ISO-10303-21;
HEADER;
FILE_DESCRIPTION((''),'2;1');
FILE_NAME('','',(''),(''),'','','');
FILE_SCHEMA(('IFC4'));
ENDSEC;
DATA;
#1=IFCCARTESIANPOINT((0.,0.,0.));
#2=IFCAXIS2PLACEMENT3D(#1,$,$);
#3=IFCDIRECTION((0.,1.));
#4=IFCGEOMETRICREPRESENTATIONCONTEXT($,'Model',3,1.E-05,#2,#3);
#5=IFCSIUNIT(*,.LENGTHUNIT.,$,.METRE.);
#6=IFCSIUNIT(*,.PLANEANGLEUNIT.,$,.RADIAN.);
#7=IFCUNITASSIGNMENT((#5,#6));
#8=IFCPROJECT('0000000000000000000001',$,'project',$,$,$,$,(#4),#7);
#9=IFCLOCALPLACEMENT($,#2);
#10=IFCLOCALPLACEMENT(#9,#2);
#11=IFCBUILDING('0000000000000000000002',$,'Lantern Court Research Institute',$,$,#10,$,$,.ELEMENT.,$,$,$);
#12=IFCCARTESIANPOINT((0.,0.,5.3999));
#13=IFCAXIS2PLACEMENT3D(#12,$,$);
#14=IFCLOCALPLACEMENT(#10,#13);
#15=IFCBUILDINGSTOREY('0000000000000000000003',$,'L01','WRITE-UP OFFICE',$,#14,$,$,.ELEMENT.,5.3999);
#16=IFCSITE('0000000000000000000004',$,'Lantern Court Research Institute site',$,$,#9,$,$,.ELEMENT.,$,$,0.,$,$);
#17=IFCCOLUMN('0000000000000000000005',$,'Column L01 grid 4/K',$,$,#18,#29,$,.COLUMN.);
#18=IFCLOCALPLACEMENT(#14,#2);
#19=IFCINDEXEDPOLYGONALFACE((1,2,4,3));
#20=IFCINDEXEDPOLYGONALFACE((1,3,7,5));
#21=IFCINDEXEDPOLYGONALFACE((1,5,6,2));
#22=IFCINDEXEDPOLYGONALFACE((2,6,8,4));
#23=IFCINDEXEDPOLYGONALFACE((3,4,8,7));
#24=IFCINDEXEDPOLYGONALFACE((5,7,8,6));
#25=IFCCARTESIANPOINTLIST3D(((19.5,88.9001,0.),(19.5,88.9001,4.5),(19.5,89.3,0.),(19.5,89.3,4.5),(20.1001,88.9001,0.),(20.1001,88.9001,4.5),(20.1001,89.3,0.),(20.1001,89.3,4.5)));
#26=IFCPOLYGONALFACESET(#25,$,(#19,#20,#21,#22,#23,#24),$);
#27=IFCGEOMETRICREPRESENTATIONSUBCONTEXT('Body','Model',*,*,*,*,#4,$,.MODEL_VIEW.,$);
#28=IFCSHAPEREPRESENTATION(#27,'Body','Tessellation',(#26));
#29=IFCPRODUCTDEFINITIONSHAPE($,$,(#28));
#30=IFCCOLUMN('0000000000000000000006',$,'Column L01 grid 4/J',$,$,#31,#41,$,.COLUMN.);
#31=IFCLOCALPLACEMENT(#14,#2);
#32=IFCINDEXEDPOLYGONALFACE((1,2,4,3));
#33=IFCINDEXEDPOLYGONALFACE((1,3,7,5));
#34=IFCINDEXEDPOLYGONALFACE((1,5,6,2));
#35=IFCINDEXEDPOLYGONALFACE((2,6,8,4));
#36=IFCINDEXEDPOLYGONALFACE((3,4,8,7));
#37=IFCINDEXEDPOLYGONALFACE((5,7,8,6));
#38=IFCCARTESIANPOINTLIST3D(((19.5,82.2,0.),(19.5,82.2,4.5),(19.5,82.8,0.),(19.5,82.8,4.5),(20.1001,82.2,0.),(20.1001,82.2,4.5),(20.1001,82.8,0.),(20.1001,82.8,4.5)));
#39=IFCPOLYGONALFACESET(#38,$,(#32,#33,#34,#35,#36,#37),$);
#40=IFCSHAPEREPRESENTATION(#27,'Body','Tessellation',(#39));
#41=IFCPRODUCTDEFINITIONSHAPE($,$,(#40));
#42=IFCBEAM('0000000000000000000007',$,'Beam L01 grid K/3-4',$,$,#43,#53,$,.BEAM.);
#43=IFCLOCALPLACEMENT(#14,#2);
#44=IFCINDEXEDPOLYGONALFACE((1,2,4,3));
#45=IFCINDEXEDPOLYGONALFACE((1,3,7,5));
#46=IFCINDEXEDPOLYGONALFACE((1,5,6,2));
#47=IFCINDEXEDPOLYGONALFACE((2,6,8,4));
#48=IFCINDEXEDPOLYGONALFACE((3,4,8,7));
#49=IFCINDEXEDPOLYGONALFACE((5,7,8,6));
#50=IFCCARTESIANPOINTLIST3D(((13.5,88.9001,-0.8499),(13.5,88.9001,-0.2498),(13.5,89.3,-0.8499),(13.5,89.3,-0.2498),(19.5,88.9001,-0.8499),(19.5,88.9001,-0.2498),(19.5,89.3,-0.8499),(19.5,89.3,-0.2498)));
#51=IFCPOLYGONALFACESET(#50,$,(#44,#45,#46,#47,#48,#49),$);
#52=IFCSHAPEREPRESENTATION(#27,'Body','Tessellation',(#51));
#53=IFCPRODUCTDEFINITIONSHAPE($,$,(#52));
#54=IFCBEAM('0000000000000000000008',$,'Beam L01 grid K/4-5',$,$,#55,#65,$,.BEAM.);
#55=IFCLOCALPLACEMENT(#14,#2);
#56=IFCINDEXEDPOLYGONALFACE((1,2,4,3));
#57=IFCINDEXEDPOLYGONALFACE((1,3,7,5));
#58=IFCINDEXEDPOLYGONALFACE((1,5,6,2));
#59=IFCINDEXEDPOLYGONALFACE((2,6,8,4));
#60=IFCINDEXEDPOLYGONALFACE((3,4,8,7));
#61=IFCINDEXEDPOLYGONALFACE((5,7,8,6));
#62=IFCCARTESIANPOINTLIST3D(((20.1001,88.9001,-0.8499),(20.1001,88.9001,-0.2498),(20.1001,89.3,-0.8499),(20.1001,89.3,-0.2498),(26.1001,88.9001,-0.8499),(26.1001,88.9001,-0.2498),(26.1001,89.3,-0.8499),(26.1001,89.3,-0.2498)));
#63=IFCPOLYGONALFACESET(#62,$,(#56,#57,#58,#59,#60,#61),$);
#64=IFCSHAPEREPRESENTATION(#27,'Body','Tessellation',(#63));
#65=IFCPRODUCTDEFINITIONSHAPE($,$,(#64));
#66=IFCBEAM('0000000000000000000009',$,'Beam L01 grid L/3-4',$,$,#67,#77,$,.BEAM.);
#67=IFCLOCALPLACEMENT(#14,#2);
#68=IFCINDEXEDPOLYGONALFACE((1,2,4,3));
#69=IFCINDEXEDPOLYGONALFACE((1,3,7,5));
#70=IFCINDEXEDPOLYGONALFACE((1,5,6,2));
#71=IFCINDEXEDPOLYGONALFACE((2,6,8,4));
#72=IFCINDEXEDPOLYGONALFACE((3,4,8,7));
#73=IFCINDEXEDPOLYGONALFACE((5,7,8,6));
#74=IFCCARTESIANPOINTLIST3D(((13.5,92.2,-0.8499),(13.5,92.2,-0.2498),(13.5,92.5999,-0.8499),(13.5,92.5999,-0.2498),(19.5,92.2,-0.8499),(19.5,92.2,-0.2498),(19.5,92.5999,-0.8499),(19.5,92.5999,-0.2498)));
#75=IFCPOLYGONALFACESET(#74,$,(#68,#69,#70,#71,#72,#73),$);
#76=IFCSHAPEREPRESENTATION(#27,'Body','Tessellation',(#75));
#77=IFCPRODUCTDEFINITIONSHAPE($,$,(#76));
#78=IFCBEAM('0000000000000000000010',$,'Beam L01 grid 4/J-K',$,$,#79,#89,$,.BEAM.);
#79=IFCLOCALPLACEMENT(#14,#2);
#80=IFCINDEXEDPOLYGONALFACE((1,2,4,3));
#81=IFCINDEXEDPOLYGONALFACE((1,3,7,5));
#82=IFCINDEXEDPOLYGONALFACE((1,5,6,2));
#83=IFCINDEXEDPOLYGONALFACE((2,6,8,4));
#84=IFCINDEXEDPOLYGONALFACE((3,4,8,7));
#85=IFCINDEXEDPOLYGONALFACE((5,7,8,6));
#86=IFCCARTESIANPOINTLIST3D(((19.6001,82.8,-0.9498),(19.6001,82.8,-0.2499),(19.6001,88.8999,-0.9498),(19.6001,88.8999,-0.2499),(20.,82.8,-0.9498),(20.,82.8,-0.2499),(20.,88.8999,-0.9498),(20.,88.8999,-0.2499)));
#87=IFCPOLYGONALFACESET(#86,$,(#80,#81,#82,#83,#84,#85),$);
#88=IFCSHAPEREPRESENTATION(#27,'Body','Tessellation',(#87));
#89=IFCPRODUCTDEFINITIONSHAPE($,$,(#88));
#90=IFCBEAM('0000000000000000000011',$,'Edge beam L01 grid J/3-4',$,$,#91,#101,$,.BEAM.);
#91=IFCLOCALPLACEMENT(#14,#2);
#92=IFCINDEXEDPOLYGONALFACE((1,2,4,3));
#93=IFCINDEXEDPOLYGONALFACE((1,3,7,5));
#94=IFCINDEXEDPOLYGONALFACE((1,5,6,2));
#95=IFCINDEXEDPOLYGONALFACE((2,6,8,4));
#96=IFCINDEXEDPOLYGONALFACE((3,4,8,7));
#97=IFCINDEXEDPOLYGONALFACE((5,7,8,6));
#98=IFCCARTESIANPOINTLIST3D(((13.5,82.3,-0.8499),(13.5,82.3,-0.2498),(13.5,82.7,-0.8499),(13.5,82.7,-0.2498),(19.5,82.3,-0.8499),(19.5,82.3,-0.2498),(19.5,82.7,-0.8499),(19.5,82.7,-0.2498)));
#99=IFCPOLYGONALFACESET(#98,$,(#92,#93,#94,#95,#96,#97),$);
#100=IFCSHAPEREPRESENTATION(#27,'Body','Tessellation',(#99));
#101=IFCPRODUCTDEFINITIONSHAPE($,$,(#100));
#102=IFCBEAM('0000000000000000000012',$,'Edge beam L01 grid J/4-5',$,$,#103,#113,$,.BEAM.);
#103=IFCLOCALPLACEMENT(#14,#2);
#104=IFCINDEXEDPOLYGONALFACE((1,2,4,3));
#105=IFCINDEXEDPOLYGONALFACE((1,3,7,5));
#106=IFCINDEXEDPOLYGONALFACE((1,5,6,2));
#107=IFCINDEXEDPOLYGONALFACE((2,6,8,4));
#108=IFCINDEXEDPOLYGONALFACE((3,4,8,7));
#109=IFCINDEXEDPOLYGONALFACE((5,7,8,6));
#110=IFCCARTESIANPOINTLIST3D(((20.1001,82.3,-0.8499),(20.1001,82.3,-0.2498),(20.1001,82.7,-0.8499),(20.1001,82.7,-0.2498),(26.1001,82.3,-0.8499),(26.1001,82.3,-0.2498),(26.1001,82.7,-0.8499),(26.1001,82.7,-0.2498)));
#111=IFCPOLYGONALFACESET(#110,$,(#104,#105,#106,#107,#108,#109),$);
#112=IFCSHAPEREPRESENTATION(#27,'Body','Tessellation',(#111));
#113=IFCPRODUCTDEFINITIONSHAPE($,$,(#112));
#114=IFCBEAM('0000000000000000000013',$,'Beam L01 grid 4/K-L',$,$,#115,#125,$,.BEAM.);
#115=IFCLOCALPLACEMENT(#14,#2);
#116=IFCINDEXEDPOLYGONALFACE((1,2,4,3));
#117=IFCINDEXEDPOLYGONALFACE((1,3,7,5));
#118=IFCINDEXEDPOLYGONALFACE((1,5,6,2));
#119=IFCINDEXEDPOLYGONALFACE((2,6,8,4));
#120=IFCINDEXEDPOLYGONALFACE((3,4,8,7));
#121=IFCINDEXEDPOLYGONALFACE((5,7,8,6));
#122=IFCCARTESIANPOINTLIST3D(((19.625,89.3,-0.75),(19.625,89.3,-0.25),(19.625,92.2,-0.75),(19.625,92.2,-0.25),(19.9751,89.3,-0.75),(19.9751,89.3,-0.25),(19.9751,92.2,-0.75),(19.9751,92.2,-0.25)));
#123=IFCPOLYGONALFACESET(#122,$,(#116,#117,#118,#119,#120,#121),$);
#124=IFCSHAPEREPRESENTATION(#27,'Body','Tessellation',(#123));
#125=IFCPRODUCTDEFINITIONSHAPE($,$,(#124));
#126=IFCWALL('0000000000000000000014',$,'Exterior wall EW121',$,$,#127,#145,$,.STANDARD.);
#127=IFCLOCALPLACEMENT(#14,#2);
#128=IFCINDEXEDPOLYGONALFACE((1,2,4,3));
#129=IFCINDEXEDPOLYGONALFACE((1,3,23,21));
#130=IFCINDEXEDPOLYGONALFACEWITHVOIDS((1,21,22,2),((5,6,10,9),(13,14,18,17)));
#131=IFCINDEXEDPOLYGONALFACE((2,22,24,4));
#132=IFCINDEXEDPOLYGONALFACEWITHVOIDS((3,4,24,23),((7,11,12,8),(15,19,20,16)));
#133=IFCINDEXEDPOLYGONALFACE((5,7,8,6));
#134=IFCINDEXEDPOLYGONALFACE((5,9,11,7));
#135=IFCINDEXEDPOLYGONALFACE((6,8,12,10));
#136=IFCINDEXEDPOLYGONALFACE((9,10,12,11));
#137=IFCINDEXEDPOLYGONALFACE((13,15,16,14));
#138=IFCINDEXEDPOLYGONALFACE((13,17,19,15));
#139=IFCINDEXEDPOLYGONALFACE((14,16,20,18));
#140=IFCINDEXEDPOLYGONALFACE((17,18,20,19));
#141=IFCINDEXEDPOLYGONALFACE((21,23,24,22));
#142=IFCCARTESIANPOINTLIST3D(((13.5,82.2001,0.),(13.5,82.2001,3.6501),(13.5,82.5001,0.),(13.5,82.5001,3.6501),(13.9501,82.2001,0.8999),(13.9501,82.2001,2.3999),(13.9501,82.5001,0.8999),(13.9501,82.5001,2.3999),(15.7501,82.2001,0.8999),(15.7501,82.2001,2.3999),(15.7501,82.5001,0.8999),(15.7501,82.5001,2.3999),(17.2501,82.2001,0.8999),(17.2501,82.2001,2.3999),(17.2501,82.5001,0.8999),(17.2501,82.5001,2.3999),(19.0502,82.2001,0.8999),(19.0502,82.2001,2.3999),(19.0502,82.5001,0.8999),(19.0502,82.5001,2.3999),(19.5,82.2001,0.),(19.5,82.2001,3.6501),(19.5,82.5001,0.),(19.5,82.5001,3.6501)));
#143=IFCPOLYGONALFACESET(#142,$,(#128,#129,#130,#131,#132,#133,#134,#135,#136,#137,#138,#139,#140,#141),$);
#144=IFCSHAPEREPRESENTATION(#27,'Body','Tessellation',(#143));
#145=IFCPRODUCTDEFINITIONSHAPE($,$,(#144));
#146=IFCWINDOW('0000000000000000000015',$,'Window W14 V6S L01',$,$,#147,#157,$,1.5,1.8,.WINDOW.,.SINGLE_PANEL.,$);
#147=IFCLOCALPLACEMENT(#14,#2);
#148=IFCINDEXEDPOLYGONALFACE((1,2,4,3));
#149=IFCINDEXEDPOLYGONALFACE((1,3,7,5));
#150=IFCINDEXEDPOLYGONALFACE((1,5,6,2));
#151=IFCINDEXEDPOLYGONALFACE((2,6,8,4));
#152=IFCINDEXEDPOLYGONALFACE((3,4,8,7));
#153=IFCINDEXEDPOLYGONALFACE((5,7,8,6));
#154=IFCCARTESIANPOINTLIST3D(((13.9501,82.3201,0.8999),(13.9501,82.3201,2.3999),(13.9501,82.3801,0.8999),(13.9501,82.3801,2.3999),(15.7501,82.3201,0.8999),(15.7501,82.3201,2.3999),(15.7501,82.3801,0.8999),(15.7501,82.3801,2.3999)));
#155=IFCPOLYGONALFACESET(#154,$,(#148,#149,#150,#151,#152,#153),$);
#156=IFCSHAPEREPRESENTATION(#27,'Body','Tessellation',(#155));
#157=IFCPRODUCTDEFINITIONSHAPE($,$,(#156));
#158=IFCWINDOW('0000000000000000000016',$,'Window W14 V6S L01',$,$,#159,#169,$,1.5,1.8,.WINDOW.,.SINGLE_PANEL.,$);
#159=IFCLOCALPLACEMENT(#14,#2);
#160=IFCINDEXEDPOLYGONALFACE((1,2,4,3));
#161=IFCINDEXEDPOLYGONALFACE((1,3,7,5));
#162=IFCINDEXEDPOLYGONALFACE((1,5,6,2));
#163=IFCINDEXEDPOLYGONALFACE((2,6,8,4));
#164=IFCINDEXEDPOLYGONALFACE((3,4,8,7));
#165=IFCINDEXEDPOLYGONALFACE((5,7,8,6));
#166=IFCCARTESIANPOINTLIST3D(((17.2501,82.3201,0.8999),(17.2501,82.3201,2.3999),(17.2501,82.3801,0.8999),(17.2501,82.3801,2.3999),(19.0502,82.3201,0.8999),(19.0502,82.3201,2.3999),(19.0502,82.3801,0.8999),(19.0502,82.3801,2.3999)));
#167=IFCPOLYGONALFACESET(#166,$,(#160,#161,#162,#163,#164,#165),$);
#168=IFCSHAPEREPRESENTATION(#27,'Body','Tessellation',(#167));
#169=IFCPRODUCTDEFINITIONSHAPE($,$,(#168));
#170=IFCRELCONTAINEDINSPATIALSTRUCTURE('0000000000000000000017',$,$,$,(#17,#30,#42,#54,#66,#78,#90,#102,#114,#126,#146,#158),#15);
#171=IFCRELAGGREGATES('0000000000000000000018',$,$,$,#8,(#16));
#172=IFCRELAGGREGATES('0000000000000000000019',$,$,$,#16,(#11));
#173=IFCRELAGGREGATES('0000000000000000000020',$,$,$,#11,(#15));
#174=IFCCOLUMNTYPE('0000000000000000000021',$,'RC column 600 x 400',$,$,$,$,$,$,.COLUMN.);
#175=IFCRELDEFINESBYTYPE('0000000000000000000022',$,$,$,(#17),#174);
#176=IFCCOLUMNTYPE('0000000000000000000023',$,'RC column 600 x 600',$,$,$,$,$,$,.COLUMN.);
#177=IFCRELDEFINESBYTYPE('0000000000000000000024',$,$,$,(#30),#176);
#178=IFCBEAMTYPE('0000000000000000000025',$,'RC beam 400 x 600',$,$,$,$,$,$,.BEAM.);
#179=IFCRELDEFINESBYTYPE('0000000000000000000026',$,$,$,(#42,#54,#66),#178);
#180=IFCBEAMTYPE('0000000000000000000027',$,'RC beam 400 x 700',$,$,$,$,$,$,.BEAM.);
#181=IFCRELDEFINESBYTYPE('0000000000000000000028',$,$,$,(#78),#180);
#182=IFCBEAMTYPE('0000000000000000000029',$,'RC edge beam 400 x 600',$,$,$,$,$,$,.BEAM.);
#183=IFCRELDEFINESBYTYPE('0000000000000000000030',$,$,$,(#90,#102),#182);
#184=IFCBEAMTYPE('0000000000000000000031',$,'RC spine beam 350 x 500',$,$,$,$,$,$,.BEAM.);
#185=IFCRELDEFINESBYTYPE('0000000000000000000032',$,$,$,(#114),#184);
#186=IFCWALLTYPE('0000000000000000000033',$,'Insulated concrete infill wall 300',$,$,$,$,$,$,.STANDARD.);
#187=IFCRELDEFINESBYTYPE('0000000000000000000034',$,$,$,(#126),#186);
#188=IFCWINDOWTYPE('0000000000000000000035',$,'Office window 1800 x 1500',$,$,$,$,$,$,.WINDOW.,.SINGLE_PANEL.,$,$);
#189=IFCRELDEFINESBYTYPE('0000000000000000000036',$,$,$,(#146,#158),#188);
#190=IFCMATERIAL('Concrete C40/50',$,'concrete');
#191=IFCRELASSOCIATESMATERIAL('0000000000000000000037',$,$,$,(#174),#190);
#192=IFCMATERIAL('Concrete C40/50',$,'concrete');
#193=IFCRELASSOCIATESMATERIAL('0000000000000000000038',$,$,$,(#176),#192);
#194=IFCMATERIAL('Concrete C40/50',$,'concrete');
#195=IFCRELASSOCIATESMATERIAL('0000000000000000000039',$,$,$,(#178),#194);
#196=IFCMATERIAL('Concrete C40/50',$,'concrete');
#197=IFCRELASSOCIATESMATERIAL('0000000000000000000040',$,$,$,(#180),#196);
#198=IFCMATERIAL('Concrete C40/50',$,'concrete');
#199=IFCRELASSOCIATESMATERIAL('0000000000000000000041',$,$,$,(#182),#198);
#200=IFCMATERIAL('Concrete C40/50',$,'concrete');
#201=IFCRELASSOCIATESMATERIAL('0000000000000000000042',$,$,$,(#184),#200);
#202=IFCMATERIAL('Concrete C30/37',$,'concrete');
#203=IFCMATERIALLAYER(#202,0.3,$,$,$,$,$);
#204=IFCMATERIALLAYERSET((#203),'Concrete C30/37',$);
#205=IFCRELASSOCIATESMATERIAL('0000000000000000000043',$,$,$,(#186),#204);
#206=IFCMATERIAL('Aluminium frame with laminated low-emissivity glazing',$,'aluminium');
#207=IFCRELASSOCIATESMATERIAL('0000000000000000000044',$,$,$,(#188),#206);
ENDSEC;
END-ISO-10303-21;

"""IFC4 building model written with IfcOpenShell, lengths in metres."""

from ifc_helpers import new_model, si_unit, direction, frame, frame_2d, origin, origin_2d, place, context, subcontext, project, spatial, rectangle, extrude, material, layer, layer_set, material_profile, profile_set, type_object, element, fill, save


model = new_model("IFC4")

# Units and contexts
model_context = context("Model", 3, precision=1e-05, world=origin(), true_north=direction((0.0, 1.0)))
body_context = subcontext(model_context, "Body", "Model", "MODEL_VIEW")
ifc_project = project(units=[si_unit("LENGTHUNIT", "METRE"), si_unit("PLANEANGLEUNIT", "RADIAN")], contexts=[model_context])

# Site, building, storey
site_placement = place(None, origin())
site = spatial("IfcSite", under=ifc_project, at=site_placement, Name="Lantern Court Research Institute site", CompositionType="ELEMENT", RefElevation=0.0)
building_placement = place(site_placement, origin())
building = spatial("IfcBuilding", under=site, at=building_placement, Name="Lantern Court Research Institute", CompositionType="ELEMENT")
storey_placement = place(building_placement, frame((0.0, 0.0, 5.3999)))
storey = spatial("IfcBuildingStorey", under=building, at=storey_placement, Name="L01", Description="WRITE-UP OFFICE", CompositionType="ELEMENT", Elevation=5.3999)

# Columns
ifc_material_1 = material(Name="Concrete C40/50", Category="concrete")
ifc_material_profile_1 = material_profile(ifc_material_1, rectangle(XDim=0.6001, YDim=0.3999, at=origin_2d()), Name="RC column 600 x 400")
ifc_profile_set_1 = profile_set([ifc_material_profile_1], Name="Concrete C40/50")
column_type_1 = type_object("IfcColumnType", Name="RC column 600 x 400", PredefinedType="COLUMN", material=ifc_profile_set_1)
column_1_placement = place(storey_placement, frame((19.8, 89.1001, 0.0), z_axis=(0.0, 0.0, 1.0), x_axis=(1.0, 0.0, 0.0)))
element("IfcColumn", 1, at=column_1_placement, inside=storey, type_object=column_type_1, Name="Column L01 grid 4/K", PredefinedType="COLUMN", context=body_context, shape_type="SweptSolid", body=[
    extrude(rectangle(XDim=0.6001, YDim=0.3999, at=origin_2d()), origin(), (0.0, 0.0, 1.0), 4.5),
])
ifc_material_2 = material(Name="Concrete C40/50", Category="concrete")
ifc_material_profile_2 = material_profile(ifc_material_2, rectangle(XDim=0.6001, YDim=0.6001, at=origin_2d()), Name="RC column 600 x 600")
ifc_profile_set_2 = profile_set([ifc_material_profile_2], Name="Concrete C40/50")
column_type_2 = type_object("IfcColumnType", Name="RC column 600 x 600", PredefinedType="COLUMN", material=ifc_profile_set_2)
column_2_placement = place(storey_placement, frame((19.8, 82.5, 0.0), z_axis=(0.0, 0.0, 1.0), x_axis=(1.0, 0.0, 0.0)))
element("IfcColumn", 2, at=column_2_placement, inside=storey, type_object=column_type_2, Name="Column L01 grid 4/J", PredefinedType="COLUMN", context=body_context, shape_type="SweptSolid", body=[
    extrude(rectangle(XDim=0.6001, YDim=0.6001, at=origin_2d()), origin(), (0.0, 0.0, 1.0), 4.5),
])

# Beams
ifc_material_3 = material(Name="Concrete C40/50", Category="concrete")
ifc_material_profile_3 = material_profile(ifc_material_3, rectangle(XDim=0.3999, YDim=0.6001, at=origin_2d()), Name="RC beam 400 x 600")
ifc_profile_set_3 = profile_set([ifc_material_profile_3], Name="Concrete C40/50")
beam_type_1 = type_object("IfcBeamType", Name="RC beam 400 x 600", PredefinedType="BEAM", material=ifc_profile_set_3)
for number, where, z_axis, x_axis, name in (
    (3, (13.5, 89.1001, -0.5498), (1.0, 0.0, 0.0), (0.0, 1.0, 0.0), "Beam L01 grid K/3-4"),
    (4, (20.1001, 89.1001, -0.5498), (1.0, 0.0, 0.0), (0.0, 1.0, 0.0), "Beam L01 grid K/4-5"),
    (5, (13.5, 92.3999, -0.5498), (1.0, 0.0, 0.0), (0.0, 1.0, 0.0), "Beam L01 grid L/3-4"),
):
    element("IfcBeam", number, at=place(storey_placement, frame(where, z_axis=z_axis, x_axis=x_axis)), inside=storey, type_object=beam_type_1, Name=name, PredefinedType="BEAM", context=body_context, shape_type="SweptSolid", body=[
        extrude(rectangle(XDim=0.3999, YDim=0.6001, at=origin_2d()), origin(), (0.0, 0.0, 1.0), 6.0),
    ])
ifc_material_4 = material(Name="Concrete C40/50", Category="concrete")
ifc_material_profile_4 = material_profile(ifc_material_4, rectangle(XDim=0.3999, YDim=0.7, at=origin_2d()), Name="RC beam 400 x 700")
ifc_profile_set_4 = profile_set([ifc_material_profile_4], Name="Concrete C40/50")
beam_type_2 = type_object("IfcBeamType", Name="RC beam 400 x 700", PredefinedType="BEAM", material=ifc_profile_set_4)
beam_1_placement = place(storey_placement, frame((19.8, 82.8, -0.5999), z_axis=(0.0, 1.0, 0.0), x_axis=(-1.0, 0.0, 0.0)))
element("IfcBeam", 6, at=beam_1_placement, inside=storey, type_object=beam_type_2, Name="Beam L01 grid 4/J-K", PredefinedType="BEAM", context=body_context, shape_type="SweptSolid", body=[
    extrude(rectangle(XDim=0.3999, YDim=0.7, at=origin_2d()), origin(), (0.0, 0.0, 1.0), 6.0999),
])
ifc_material_5 = material(Name="Concrete C40/50", Category="concrete")
ifc_material_profile_5 = material_profile(ifc_material_5, rectangle(XDim=0.3999, YDim=0.6001, at=origin_2d()), Name="RC beam 400 x 600")
ifc_profile_set_5 = profile_set([ifc_material_profile_5], Name="Concrete C40/50")
beam_type_3 = type_object("IfcBeamType", Name="RC edge beam 400 x 600", PredefinedType="BEAM", material=ifc_profile_set_5)
for number, where, z_axis, x_axis, name in (
    (7, (13.5, 82.5, -0.5498), (1.0, 0.0, 0.0), (0.0, 1.0, 0.0), "Edge beam L01 grid J/3-4"),
    (8, (20.1001, 82.5, -0.5498), (1.0, 0.0, 0.0), (0.0, 1.0, 0.0), "Edge beam L01 grid J/4-5"),
):
    element("IfcBeam", number, at=place(storey_placement, frame(where, z_axis=z_axis, x_axis=x_axis)), inside=storey, type_object=beam_type_3, Name=name, PredefinedType="BEAM", context=body_context, shape_type="SweptSolid", body=[
        extrude(rectangle(XDim=0.3999, YDim=0.6001, at=origin_2d()), origin(), (0.0, 0.0, 1.0), 6.0),
    ])
ifc_material_6 = material(Name="Concrete C40/50", Category="concrete")
ifc_material_profile_6 = material_profile(ifc_material_6, rectangle(XDim=0.3501, YDim=0.5, at=origin_2d()), Name="RC beam 350 x 500")
ifc_profile_set_6 = profile_set([ifc_material_profile_6], Name="Concrete C40/50")
beam_type_4 = type_object("IfcBeamType", Name="RC spine beam 350 x 500", PredefinedType="BEAM", material=ifc_profile_set_6)
beam_2_placement = place(storey_placement, frame((19.8, 89.3, -0.5), z_axis=(0.0, 1.0, 0.0), x_axis=(-1.0, 0.0, 0.0)))
element("IfcBeam", 9, at=beam_2_placement, inside=storey, type_object=beam_type_4, Name="Beam L01 grid 4/K-L", PredefinedType="BEAM", context=body_context, shape_type="SweptSolid", body=[
    extrude(rectangle(XDim=0.3501, YDim=0.5, at=origin_2d()), origin(), (0.0, 0.0, 1.0), 2.8999),
])

# Wall, openings, windows
ifc_material_7 = material(Name="Concrete C30/37", Category="concrete")
ifc_layer_1 = layer(ifc_material_7, 0.3)
ifc_layer_set_1 = layer_set([ifc_layer_1], Name="Concrete C30/37")
wall_type_1 = type_object("IfcWallType", Name="Insulated concrete infill wall 300", PredefinedType="STANDARD", material=ifc_layer_set_1)
wall_1_placement = place(storey_placement, frame((19.5, 82.3501, 0.0), z_axis=(0.0, 0.0, 1.0), x_axis=(-1.0, 0.0, 0.0)))
wall_1 = element("IfcWall", 10, at=wall_1_placement, inside=storey, type_object=wall_type_1, Name="Exterior wall EW121", PredefinedType="STANDARD", context=body_context, shape_type="SweptSolid", body=[
    extrude(rectangle(XDim=6.0, YDim=0.3, at=frame_2d((3.0, 0.0))), origin(), (0.0, 0.0, 1.0), 3.6501),
])
opening_1_placement = place(wall_1_placement, frame((3.75, 0.0, 0.8999)))
opening_1 = element("IfcOpeningElement", 11, at=opening_1_placement, cuts=wall_1, PredefinedType="OPENING", context=body_context, shape_type="SweptSolid", body=[
    extrude(rectangle(XDim=1.8, YDim=1.5, at=frame_2d((0.8999, 0.75))), frame((0.0, 0.1599, 0.0), z_axis=(0.0, -1.0, 0.0), x_axis=(1.0, 0.0, 0.0)), (0.0, 0.0, 1.0), 0.3201),
])
opening_2_placement = place(wall_1_placement, frame((0.45, 0.0, 0.8999)))
opening_2 = element("IfcOpeningElement", 12, at=opening_2_placement, cuts=wall_1, PredefinedType="OPENING", context=body_context, shape_type="SweptSolid", body=[
    extrude(rectangle(XDim=1.8, YDim=1.5, at=frame_2d((0.8999, 0.75))), frame((0.0, 0.1599, 0.0), z_axis=(0.0, -1.0, 0.0), x_axis=(1.0, 0.0, 0.0)), (0.0, 0.0, 1.0), 0.3201),
])
ifc_material_8 = material(Name="Aluminium frame with laminated low-emissivity glazing", Category="aluminium")
window_type = type_object("IfcWindowType", Name="Office window 1800 x 1500", PartitioningType="SINGLE_PANEL", PredefinedType="WINDOW", material=ifc_material_8)
window_1_placement = place(opening_1_placement, origin())
window_1 = element("IfcWindow", 13, at=window_1_placement, inside=storey, type_object=window_type, Name="Window W14 V6S L01", OverallHeight=1.5, OverallWidth=1.8, PartitioningType="SINGLE_PANEL", PredefinedType="WINDOW", context=body_context, shape_type="SweptSolid", body=[
    extrude(rectangle(XDim=1.8, YDim=1.5, at=frame_2d((0.8999, 0.75))), frame((0.0, 0.03, 0.0), z_axis=(0.0, -1.0, 0.0), x_axis=(1.0, 0.0, 0.0)), (0.0, 0.0, 1.0), 0.0601),
])
fill(opening_1, window_1)
window_2_placement = place(opening_2_placement, origin())
window_2 = element("IfcWindow", 14, at=window_2_placement, inside=storey, type_object=window_type, Name="Window W14 V6S L01", OverallHeight=1.5, OverallWidth=1.8, PartitioningType="SINGLE_PANEL", PredefinedType="WINDOW", context=body_context, shape_type="SweptSolid", body=[
    extrude(rectangle(XDim=1.8, YDim=1.5, at=frame_2d((0.8999, 0.75))), frame((0.0, 0.03, 0.0), z_axis=(0.0, -1.0, 0.0), x_axis=(1.0, 0.0, 0.0)), (0.0, 0.0, 1.0), 0.0601),
])
fill(opening_2, window_2)

save(model, "model.ifc")
